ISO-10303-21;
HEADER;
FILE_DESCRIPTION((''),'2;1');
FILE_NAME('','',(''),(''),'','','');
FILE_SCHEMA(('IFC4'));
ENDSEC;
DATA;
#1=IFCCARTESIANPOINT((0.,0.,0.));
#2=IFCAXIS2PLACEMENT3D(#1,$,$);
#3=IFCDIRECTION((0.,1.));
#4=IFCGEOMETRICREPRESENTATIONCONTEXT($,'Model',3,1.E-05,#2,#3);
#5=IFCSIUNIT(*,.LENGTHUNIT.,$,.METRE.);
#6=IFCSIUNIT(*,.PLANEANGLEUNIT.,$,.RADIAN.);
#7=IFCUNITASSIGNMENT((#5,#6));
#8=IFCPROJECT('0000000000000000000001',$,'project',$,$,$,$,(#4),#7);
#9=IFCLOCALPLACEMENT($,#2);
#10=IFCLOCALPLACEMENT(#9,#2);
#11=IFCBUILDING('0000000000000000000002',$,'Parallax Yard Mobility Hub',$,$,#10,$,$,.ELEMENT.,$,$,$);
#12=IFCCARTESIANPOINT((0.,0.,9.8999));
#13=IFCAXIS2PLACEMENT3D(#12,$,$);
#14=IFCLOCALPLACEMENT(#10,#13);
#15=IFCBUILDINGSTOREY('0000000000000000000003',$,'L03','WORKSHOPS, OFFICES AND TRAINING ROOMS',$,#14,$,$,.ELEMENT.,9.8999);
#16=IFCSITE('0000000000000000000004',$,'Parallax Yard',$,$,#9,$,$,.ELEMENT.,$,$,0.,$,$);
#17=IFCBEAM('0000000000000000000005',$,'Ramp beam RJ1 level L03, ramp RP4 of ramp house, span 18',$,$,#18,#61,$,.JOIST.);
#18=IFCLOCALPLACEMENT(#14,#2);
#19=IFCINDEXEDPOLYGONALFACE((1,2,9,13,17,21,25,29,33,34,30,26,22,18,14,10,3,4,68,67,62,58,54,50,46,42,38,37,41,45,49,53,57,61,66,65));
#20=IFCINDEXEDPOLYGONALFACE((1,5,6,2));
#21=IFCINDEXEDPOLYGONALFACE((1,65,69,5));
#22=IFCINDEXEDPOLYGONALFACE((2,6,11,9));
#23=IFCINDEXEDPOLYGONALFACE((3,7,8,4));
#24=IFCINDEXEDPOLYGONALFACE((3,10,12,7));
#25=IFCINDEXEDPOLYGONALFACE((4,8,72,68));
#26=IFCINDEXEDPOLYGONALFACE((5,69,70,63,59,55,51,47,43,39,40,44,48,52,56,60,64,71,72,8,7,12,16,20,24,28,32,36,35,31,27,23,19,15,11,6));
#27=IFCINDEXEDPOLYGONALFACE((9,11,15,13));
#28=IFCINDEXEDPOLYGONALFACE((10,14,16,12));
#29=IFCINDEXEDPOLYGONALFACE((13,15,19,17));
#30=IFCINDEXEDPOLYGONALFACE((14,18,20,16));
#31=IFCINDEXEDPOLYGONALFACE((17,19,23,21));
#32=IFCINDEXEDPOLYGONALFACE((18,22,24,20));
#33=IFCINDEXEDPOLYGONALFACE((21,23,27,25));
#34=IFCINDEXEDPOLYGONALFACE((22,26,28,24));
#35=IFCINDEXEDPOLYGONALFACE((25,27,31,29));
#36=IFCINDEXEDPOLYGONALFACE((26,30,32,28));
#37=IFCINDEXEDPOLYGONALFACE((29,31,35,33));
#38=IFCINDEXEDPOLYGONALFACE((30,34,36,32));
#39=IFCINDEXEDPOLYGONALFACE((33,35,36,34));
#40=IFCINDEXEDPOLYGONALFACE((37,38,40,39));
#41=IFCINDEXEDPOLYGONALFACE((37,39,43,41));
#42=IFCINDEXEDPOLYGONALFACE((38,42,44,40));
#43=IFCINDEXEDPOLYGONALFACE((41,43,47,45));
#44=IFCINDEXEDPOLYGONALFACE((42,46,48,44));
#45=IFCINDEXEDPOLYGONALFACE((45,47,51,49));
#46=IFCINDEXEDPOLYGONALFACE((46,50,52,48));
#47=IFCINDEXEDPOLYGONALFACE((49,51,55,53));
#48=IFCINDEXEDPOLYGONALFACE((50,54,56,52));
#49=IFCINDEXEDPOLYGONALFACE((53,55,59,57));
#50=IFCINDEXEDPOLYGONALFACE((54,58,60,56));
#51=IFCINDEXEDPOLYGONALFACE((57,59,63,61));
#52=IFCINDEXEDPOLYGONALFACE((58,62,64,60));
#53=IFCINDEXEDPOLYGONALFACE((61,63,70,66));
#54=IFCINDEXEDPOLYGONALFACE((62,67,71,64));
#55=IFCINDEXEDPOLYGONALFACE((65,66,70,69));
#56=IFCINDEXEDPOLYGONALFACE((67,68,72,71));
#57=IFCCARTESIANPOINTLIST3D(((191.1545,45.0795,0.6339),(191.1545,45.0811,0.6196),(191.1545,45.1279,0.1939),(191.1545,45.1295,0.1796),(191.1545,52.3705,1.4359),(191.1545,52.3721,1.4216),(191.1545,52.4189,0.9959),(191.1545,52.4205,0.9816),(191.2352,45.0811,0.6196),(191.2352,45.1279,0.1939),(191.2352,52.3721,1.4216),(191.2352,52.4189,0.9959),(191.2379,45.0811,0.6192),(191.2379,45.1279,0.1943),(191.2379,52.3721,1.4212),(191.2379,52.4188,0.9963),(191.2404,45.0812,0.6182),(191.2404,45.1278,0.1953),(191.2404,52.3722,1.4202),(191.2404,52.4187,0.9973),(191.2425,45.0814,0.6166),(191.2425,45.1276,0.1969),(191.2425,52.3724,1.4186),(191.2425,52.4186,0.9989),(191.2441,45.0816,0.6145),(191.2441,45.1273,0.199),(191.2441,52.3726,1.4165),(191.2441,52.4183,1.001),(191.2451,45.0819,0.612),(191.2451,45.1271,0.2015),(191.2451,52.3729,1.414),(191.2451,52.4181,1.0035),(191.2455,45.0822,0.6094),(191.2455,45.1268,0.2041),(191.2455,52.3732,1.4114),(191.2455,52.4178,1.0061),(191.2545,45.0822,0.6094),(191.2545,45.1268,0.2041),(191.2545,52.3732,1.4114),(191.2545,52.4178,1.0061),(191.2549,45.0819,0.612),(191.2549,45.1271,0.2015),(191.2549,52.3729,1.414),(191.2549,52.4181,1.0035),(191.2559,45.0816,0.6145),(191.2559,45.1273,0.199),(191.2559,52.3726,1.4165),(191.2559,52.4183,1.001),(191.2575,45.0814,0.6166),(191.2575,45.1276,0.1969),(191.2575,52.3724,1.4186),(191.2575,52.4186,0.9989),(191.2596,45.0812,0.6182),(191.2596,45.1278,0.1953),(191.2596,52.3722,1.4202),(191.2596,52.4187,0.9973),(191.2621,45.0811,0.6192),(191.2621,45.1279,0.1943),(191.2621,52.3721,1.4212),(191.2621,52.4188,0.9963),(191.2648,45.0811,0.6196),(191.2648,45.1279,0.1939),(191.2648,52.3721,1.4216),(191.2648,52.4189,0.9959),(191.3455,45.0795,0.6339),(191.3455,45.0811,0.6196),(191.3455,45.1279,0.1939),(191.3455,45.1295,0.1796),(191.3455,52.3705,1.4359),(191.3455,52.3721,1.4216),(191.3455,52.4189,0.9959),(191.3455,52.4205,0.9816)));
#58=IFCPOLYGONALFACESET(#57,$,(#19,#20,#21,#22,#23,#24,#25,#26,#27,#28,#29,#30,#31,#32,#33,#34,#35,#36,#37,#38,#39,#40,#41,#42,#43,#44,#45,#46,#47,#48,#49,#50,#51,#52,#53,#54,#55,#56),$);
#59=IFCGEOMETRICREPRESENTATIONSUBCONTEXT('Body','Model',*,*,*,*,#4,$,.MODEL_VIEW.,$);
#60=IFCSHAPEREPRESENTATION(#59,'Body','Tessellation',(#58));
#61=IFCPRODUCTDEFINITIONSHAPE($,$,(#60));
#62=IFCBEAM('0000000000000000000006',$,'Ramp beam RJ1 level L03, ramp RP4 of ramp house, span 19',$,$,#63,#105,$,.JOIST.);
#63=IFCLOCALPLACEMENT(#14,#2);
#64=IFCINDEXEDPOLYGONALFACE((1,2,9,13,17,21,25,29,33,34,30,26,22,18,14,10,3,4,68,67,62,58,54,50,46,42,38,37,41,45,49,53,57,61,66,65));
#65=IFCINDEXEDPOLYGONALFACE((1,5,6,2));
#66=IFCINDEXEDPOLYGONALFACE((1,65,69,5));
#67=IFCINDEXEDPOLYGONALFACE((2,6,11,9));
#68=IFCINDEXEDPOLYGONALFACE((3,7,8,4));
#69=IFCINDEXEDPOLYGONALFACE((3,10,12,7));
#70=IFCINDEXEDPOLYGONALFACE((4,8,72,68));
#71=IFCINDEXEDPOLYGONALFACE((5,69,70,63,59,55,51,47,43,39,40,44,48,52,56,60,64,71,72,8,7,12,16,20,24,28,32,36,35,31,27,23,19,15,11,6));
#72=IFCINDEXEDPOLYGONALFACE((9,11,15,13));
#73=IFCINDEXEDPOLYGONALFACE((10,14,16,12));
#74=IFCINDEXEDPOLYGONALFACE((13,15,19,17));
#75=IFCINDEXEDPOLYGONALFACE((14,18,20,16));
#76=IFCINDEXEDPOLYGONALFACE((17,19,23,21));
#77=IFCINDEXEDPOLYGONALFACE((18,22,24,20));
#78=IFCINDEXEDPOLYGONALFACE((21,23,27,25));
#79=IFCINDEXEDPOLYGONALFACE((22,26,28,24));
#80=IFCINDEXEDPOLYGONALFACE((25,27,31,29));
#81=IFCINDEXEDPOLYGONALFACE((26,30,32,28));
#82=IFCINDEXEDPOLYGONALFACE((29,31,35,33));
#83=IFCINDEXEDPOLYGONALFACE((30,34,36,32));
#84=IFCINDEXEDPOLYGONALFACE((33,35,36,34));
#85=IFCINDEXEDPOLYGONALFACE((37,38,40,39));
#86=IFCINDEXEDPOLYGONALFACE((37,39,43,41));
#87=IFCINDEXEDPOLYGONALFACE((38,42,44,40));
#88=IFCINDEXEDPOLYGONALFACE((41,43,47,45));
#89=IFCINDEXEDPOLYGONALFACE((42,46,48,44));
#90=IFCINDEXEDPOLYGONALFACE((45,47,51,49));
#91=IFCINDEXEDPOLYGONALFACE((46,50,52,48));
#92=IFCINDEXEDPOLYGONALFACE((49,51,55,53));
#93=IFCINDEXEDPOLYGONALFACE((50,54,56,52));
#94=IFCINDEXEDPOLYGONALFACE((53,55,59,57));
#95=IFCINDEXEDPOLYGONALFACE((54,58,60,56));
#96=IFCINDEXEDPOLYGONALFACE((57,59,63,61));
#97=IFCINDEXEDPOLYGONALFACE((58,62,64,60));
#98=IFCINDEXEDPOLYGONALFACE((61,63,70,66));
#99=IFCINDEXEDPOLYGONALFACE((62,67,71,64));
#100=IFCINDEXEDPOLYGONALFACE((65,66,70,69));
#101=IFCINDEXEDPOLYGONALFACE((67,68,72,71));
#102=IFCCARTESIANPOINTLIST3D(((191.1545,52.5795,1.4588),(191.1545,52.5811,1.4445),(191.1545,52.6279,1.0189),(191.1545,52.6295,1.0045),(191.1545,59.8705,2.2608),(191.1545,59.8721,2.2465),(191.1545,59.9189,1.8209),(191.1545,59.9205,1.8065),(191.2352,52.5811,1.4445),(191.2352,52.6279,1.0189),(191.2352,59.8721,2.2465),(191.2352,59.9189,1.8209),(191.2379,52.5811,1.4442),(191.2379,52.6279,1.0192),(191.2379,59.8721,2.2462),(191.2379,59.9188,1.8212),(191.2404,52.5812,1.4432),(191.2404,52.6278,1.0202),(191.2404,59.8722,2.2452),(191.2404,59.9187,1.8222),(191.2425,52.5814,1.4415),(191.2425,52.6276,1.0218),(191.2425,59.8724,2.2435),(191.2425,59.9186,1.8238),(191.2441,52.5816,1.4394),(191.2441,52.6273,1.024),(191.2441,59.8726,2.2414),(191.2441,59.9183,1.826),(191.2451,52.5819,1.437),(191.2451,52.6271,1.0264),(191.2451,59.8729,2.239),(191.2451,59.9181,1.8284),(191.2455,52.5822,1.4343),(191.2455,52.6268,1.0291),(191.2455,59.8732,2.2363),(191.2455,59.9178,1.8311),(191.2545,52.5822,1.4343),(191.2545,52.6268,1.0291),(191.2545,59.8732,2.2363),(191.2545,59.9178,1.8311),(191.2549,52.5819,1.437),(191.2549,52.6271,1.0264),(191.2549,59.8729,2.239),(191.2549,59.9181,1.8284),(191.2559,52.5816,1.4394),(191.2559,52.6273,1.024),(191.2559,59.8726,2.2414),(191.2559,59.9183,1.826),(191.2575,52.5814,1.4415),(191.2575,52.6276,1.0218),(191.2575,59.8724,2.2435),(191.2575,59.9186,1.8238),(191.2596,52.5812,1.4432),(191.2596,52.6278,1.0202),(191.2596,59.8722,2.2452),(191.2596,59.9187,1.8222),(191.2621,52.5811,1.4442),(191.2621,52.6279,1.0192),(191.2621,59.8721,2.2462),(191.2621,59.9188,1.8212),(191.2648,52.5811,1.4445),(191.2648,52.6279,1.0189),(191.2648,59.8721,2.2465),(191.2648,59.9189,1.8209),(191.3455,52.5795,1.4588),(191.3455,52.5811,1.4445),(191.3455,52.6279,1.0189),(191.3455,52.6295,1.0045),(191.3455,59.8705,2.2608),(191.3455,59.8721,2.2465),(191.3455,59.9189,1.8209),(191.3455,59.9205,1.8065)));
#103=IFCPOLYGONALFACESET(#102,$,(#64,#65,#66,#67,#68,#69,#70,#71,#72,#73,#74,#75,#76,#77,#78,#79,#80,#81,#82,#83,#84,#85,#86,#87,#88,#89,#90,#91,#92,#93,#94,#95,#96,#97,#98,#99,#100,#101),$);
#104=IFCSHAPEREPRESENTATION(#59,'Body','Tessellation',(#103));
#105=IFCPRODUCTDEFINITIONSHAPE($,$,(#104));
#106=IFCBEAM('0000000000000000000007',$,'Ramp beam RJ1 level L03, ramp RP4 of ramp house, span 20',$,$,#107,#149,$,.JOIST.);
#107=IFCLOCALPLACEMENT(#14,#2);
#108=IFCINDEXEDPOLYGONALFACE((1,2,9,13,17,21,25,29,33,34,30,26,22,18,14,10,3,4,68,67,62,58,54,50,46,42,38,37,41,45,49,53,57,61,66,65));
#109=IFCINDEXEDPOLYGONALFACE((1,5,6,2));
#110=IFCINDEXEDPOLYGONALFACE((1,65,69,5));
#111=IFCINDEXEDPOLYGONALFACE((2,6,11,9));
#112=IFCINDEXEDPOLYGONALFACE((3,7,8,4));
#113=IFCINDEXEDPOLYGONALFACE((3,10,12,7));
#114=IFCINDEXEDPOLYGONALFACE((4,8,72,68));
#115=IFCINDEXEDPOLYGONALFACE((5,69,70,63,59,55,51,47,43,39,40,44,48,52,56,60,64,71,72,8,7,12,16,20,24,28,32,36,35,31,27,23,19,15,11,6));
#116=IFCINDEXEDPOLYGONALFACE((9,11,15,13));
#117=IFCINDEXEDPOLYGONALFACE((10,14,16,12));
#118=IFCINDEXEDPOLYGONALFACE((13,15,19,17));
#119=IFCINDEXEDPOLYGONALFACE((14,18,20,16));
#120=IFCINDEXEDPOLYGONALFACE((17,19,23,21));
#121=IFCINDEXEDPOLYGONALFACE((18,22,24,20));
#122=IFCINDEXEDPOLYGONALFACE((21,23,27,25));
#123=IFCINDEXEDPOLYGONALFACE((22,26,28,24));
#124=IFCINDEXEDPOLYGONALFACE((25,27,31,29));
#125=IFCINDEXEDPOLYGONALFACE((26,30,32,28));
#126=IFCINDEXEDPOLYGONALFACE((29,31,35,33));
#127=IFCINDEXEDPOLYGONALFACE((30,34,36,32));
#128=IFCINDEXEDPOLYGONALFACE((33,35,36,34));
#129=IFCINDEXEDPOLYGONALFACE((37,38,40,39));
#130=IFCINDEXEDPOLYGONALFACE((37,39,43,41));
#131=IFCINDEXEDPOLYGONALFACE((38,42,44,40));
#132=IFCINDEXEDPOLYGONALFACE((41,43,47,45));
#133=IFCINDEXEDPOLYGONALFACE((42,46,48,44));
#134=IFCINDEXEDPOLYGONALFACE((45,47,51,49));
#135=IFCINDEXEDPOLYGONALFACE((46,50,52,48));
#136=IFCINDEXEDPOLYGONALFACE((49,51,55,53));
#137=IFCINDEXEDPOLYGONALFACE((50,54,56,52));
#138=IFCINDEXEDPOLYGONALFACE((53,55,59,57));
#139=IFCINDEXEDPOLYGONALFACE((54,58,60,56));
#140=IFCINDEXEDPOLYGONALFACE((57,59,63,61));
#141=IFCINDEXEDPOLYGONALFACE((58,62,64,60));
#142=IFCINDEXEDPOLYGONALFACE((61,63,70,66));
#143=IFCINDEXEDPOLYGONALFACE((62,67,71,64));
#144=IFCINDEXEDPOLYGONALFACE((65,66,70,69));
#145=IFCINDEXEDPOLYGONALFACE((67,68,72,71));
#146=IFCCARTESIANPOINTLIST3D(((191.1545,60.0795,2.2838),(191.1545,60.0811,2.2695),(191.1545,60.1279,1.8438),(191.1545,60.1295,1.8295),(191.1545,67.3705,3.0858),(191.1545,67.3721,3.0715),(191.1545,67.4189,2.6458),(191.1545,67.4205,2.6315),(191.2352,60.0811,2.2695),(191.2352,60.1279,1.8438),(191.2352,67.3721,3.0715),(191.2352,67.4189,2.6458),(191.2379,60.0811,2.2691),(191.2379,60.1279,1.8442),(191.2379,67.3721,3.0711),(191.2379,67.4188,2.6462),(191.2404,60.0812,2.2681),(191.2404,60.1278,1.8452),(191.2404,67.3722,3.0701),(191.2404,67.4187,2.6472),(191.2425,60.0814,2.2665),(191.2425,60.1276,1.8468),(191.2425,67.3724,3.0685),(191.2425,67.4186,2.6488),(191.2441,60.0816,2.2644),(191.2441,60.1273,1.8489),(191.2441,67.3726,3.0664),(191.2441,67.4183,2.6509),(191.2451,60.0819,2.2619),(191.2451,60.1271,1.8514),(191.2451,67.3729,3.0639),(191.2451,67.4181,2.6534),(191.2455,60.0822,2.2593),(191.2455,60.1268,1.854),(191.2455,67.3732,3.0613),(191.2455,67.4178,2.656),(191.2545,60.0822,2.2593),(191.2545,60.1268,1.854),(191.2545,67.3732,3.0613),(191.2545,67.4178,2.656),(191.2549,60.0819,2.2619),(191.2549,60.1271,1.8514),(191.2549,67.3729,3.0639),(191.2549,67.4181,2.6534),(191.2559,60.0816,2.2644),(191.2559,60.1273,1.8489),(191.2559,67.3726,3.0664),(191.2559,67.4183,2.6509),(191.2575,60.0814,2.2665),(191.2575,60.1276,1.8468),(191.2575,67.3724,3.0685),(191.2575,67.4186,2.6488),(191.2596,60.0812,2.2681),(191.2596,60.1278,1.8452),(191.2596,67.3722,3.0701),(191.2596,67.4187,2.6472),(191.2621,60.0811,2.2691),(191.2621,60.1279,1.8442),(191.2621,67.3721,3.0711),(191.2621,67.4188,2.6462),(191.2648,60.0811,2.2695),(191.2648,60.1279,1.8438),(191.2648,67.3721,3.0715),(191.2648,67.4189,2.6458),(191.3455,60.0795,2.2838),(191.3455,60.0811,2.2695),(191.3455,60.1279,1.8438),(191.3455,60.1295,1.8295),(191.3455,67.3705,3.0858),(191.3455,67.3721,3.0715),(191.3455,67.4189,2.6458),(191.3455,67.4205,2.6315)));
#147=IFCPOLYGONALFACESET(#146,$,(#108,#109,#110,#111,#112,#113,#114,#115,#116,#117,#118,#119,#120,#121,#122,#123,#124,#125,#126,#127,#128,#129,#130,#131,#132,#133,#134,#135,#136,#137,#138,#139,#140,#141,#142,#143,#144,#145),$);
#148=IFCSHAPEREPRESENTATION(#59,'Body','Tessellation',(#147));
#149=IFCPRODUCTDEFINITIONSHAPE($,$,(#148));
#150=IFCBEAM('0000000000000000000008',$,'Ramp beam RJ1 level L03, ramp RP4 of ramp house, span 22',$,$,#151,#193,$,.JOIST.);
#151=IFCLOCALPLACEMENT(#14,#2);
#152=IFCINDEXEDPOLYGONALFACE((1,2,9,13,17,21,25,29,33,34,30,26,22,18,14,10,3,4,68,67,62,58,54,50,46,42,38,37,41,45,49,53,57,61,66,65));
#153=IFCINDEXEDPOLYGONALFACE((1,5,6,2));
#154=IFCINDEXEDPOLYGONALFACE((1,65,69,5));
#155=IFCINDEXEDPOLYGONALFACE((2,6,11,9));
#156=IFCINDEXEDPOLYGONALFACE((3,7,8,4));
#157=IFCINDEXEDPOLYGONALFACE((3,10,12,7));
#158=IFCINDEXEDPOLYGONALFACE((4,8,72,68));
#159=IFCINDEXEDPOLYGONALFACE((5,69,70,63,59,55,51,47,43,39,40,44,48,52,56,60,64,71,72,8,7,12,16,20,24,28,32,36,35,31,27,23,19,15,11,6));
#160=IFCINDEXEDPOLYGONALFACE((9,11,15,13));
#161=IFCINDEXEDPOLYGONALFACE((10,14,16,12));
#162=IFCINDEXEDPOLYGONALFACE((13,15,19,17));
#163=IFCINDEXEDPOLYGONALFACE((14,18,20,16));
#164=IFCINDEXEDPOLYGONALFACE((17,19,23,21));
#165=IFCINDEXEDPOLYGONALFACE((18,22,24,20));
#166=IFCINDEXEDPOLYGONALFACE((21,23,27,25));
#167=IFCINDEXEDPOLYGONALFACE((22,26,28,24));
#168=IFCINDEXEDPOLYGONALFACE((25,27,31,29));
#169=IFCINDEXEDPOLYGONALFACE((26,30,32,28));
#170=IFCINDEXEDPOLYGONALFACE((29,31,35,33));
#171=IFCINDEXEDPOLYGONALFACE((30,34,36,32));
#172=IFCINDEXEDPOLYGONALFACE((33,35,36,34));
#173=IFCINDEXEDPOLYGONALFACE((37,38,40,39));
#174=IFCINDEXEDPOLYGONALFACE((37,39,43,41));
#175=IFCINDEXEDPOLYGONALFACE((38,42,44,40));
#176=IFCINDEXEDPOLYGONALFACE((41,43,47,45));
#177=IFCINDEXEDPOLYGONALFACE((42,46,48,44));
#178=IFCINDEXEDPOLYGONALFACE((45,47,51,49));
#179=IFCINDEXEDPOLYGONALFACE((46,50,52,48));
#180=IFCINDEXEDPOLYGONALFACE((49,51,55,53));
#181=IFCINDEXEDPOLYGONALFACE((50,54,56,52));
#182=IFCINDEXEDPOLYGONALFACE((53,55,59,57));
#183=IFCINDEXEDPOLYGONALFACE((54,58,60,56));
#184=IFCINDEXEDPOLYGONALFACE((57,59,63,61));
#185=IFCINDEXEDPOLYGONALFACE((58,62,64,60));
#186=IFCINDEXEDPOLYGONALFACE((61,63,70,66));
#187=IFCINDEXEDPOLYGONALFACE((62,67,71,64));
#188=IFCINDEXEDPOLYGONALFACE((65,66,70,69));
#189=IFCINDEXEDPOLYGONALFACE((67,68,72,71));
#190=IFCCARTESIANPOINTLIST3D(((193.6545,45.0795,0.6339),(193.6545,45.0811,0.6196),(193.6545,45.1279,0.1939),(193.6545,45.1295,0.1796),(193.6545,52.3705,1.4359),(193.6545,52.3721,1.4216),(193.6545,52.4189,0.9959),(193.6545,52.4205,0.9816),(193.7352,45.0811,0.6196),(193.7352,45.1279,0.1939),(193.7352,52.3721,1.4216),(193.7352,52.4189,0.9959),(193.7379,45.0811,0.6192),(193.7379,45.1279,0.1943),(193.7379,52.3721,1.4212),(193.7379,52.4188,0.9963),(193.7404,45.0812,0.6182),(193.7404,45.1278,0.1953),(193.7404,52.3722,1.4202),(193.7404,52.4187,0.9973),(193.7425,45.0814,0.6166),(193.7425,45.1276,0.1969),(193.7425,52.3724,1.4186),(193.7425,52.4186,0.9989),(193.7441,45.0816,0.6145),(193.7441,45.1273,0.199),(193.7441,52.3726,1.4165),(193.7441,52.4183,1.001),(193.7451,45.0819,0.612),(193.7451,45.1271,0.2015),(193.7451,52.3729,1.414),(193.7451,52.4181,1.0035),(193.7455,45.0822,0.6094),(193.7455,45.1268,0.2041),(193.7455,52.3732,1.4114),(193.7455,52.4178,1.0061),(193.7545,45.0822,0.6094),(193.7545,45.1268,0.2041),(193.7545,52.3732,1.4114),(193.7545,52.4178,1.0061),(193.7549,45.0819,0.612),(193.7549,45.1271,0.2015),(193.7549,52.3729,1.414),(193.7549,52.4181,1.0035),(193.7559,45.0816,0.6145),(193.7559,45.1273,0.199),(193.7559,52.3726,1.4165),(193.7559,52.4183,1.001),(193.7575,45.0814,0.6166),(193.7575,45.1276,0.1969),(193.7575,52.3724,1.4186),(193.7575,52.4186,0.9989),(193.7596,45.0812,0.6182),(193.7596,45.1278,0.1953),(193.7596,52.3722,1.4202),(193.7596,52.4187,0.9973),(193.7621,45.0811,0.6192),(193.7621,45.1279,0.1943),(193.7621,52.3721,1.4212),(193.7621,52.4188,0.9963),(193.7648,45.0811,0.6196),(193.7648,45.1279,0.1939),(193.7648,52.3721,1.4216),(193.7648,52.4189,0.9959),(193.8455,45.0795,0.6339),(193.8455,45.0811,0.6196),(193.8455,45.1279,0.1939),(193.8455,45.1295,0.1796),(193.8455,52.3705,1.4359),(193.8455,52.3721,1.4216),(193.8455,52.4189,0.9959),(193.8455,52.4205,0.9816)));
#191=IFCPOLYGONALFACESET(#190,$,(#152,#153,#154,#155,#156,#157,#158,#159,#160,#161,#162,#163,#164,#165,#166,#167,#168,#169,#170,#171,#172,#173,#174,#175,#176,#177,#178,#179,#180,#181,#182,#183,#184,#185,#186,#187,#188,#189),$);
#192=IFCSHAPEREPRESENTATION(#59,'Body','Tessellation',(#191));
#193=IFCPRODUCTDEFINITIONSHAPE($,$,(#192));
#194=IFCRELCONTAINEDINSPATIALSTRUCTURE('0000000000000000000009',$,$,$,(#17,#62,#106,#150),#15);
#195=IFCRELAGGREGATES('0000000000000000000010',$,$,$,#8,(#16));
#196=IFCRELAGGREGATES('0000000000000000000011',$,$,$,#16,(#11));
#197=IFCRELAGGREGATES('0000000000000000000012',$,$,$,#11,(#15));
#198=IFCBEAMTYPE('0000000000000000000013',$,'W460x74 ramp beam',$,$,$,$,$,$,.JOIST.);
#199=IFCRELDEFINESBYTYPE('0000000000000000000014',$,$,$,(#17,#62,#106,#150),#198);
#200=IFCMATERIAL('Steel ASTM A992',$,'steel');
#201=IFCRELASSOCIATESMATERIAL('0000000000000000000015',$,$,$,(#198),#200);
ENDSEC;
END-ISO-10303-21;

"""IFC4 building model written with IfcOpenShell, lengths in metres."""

from ifc_helpers import new_model, si_unit, direction, frame, origin, origin_2d, place, context, subcontext, project, spatial, i_section, extrude, material, material_profile, profile_set, type_object, element, save


model = new_model("IFC4")

# Units and contexts
model_context = context("Model", 3, precision=1e-05, world=origin(), true_north=direction((0.0, 1.0)))
body_context = subcontext(model_context, "Body", "Model", "MODEL_VIEW")
ifc_project = project(units=[si_unit("LENGTHUNIT", "METRE"), si_unit("PLANEANGLEUNIT", "RADIAN")], contexts=[model_context])

# Site, building, storey
site_placement = place(None, origin())
site = spatial("IfcSite", under=ifc_project, at=site_placement, Name="Parallax Yard", CompositionType="ELEMENT", RefElevation=0.0)
building_placement = place(site_placement, origin())
building = spatial("IfcBuilding", under=site, at=building_placement, Name="Parallax Yard Mobility Hub", CompositionType="ELEMENT")
storey_placement = place(building_placement, frame((0.0, 0.0, 9.8999)))
storey = spatial("IfcBuildingStorey", under=building, at=storey_placement, Name="L03", Description="WORKSHOPS, OFFICES AND TRAINING ROOMS", CompositionType="ELEMENT", Elevation=9.8999)

# Shared definitions
ifc_material_1 = material(Name="Steel ASTM A992", Category="steel")

# Beams
ifc_material_profile_1 = material_profile(ifc_material_1, i_section(OverallWidth=0.1909, OverallDepth=0.457, WebThickness=0.009, FlangeThickness=0.0144, FilletRadius=0.0103, at=origin_2d()), Name="W460x74")
ifc_profile_set_1 = profile_set([ifc_material_profile_1], Name="Steel ASTM A992")
beam_type_1 = type_object("IfcBeamType", Name="W460x74 ramp beam", PredefinedType="JOIST", material=ifc_profile_set_1)
for number, where, z_axis, x_axis, name in (
    (1, (191.25, 45.1045, 0.4067), (0.0, 0.994005, 0.109339), (-1.0, 0.0, 0.0), "Ramp beam RJ1 level L03, ramp RP4 of ramp house, span 18"),
    (2, (191.25, 52.6045, 1.2317), (0.0, 0.994005, 0.109339), (-1.0, 0.0, 0.0), "Ramp beam RJ1 level L03, ramp RP4 of ramp house, span 19"),
    (3, (191.25, 60.1045, 2.0566), (0.0, 0.994005, 0.109339), (-1.0, 0.0, 0.0), "Ramp beam RJ1 level L03, ramp RP4 of ramp house, span 20"),
    (4, (193.75, 45.1045, 0.4067), (0.0, 0.994005, 0.109339), (-1.0, 0.0, 0.0), "Ramp beam RJ1 level L03, ramp RP4 of ramp house, span 22"),
):
    element("IfcBeam", number, at=place(storey_placement, frame(where, z_axis=z_axis, x_axis=x_axis)), inside=storey, type_object=beam_type_1, Name=name, PredefinedType="JOIST", context=body_context, shape_type="SweptSolid", body=[
        extrude(i_section(OverallWidth=0.1909, OverallDepth=0.457, WebThickness=0.009, FlangeThickness=0.0144, FilletRadius=0.0103, at=origin_2d()), origin(), (0.0, 0.0, 1.0), 7.335),
    ])

save(model, "model.ifc")
